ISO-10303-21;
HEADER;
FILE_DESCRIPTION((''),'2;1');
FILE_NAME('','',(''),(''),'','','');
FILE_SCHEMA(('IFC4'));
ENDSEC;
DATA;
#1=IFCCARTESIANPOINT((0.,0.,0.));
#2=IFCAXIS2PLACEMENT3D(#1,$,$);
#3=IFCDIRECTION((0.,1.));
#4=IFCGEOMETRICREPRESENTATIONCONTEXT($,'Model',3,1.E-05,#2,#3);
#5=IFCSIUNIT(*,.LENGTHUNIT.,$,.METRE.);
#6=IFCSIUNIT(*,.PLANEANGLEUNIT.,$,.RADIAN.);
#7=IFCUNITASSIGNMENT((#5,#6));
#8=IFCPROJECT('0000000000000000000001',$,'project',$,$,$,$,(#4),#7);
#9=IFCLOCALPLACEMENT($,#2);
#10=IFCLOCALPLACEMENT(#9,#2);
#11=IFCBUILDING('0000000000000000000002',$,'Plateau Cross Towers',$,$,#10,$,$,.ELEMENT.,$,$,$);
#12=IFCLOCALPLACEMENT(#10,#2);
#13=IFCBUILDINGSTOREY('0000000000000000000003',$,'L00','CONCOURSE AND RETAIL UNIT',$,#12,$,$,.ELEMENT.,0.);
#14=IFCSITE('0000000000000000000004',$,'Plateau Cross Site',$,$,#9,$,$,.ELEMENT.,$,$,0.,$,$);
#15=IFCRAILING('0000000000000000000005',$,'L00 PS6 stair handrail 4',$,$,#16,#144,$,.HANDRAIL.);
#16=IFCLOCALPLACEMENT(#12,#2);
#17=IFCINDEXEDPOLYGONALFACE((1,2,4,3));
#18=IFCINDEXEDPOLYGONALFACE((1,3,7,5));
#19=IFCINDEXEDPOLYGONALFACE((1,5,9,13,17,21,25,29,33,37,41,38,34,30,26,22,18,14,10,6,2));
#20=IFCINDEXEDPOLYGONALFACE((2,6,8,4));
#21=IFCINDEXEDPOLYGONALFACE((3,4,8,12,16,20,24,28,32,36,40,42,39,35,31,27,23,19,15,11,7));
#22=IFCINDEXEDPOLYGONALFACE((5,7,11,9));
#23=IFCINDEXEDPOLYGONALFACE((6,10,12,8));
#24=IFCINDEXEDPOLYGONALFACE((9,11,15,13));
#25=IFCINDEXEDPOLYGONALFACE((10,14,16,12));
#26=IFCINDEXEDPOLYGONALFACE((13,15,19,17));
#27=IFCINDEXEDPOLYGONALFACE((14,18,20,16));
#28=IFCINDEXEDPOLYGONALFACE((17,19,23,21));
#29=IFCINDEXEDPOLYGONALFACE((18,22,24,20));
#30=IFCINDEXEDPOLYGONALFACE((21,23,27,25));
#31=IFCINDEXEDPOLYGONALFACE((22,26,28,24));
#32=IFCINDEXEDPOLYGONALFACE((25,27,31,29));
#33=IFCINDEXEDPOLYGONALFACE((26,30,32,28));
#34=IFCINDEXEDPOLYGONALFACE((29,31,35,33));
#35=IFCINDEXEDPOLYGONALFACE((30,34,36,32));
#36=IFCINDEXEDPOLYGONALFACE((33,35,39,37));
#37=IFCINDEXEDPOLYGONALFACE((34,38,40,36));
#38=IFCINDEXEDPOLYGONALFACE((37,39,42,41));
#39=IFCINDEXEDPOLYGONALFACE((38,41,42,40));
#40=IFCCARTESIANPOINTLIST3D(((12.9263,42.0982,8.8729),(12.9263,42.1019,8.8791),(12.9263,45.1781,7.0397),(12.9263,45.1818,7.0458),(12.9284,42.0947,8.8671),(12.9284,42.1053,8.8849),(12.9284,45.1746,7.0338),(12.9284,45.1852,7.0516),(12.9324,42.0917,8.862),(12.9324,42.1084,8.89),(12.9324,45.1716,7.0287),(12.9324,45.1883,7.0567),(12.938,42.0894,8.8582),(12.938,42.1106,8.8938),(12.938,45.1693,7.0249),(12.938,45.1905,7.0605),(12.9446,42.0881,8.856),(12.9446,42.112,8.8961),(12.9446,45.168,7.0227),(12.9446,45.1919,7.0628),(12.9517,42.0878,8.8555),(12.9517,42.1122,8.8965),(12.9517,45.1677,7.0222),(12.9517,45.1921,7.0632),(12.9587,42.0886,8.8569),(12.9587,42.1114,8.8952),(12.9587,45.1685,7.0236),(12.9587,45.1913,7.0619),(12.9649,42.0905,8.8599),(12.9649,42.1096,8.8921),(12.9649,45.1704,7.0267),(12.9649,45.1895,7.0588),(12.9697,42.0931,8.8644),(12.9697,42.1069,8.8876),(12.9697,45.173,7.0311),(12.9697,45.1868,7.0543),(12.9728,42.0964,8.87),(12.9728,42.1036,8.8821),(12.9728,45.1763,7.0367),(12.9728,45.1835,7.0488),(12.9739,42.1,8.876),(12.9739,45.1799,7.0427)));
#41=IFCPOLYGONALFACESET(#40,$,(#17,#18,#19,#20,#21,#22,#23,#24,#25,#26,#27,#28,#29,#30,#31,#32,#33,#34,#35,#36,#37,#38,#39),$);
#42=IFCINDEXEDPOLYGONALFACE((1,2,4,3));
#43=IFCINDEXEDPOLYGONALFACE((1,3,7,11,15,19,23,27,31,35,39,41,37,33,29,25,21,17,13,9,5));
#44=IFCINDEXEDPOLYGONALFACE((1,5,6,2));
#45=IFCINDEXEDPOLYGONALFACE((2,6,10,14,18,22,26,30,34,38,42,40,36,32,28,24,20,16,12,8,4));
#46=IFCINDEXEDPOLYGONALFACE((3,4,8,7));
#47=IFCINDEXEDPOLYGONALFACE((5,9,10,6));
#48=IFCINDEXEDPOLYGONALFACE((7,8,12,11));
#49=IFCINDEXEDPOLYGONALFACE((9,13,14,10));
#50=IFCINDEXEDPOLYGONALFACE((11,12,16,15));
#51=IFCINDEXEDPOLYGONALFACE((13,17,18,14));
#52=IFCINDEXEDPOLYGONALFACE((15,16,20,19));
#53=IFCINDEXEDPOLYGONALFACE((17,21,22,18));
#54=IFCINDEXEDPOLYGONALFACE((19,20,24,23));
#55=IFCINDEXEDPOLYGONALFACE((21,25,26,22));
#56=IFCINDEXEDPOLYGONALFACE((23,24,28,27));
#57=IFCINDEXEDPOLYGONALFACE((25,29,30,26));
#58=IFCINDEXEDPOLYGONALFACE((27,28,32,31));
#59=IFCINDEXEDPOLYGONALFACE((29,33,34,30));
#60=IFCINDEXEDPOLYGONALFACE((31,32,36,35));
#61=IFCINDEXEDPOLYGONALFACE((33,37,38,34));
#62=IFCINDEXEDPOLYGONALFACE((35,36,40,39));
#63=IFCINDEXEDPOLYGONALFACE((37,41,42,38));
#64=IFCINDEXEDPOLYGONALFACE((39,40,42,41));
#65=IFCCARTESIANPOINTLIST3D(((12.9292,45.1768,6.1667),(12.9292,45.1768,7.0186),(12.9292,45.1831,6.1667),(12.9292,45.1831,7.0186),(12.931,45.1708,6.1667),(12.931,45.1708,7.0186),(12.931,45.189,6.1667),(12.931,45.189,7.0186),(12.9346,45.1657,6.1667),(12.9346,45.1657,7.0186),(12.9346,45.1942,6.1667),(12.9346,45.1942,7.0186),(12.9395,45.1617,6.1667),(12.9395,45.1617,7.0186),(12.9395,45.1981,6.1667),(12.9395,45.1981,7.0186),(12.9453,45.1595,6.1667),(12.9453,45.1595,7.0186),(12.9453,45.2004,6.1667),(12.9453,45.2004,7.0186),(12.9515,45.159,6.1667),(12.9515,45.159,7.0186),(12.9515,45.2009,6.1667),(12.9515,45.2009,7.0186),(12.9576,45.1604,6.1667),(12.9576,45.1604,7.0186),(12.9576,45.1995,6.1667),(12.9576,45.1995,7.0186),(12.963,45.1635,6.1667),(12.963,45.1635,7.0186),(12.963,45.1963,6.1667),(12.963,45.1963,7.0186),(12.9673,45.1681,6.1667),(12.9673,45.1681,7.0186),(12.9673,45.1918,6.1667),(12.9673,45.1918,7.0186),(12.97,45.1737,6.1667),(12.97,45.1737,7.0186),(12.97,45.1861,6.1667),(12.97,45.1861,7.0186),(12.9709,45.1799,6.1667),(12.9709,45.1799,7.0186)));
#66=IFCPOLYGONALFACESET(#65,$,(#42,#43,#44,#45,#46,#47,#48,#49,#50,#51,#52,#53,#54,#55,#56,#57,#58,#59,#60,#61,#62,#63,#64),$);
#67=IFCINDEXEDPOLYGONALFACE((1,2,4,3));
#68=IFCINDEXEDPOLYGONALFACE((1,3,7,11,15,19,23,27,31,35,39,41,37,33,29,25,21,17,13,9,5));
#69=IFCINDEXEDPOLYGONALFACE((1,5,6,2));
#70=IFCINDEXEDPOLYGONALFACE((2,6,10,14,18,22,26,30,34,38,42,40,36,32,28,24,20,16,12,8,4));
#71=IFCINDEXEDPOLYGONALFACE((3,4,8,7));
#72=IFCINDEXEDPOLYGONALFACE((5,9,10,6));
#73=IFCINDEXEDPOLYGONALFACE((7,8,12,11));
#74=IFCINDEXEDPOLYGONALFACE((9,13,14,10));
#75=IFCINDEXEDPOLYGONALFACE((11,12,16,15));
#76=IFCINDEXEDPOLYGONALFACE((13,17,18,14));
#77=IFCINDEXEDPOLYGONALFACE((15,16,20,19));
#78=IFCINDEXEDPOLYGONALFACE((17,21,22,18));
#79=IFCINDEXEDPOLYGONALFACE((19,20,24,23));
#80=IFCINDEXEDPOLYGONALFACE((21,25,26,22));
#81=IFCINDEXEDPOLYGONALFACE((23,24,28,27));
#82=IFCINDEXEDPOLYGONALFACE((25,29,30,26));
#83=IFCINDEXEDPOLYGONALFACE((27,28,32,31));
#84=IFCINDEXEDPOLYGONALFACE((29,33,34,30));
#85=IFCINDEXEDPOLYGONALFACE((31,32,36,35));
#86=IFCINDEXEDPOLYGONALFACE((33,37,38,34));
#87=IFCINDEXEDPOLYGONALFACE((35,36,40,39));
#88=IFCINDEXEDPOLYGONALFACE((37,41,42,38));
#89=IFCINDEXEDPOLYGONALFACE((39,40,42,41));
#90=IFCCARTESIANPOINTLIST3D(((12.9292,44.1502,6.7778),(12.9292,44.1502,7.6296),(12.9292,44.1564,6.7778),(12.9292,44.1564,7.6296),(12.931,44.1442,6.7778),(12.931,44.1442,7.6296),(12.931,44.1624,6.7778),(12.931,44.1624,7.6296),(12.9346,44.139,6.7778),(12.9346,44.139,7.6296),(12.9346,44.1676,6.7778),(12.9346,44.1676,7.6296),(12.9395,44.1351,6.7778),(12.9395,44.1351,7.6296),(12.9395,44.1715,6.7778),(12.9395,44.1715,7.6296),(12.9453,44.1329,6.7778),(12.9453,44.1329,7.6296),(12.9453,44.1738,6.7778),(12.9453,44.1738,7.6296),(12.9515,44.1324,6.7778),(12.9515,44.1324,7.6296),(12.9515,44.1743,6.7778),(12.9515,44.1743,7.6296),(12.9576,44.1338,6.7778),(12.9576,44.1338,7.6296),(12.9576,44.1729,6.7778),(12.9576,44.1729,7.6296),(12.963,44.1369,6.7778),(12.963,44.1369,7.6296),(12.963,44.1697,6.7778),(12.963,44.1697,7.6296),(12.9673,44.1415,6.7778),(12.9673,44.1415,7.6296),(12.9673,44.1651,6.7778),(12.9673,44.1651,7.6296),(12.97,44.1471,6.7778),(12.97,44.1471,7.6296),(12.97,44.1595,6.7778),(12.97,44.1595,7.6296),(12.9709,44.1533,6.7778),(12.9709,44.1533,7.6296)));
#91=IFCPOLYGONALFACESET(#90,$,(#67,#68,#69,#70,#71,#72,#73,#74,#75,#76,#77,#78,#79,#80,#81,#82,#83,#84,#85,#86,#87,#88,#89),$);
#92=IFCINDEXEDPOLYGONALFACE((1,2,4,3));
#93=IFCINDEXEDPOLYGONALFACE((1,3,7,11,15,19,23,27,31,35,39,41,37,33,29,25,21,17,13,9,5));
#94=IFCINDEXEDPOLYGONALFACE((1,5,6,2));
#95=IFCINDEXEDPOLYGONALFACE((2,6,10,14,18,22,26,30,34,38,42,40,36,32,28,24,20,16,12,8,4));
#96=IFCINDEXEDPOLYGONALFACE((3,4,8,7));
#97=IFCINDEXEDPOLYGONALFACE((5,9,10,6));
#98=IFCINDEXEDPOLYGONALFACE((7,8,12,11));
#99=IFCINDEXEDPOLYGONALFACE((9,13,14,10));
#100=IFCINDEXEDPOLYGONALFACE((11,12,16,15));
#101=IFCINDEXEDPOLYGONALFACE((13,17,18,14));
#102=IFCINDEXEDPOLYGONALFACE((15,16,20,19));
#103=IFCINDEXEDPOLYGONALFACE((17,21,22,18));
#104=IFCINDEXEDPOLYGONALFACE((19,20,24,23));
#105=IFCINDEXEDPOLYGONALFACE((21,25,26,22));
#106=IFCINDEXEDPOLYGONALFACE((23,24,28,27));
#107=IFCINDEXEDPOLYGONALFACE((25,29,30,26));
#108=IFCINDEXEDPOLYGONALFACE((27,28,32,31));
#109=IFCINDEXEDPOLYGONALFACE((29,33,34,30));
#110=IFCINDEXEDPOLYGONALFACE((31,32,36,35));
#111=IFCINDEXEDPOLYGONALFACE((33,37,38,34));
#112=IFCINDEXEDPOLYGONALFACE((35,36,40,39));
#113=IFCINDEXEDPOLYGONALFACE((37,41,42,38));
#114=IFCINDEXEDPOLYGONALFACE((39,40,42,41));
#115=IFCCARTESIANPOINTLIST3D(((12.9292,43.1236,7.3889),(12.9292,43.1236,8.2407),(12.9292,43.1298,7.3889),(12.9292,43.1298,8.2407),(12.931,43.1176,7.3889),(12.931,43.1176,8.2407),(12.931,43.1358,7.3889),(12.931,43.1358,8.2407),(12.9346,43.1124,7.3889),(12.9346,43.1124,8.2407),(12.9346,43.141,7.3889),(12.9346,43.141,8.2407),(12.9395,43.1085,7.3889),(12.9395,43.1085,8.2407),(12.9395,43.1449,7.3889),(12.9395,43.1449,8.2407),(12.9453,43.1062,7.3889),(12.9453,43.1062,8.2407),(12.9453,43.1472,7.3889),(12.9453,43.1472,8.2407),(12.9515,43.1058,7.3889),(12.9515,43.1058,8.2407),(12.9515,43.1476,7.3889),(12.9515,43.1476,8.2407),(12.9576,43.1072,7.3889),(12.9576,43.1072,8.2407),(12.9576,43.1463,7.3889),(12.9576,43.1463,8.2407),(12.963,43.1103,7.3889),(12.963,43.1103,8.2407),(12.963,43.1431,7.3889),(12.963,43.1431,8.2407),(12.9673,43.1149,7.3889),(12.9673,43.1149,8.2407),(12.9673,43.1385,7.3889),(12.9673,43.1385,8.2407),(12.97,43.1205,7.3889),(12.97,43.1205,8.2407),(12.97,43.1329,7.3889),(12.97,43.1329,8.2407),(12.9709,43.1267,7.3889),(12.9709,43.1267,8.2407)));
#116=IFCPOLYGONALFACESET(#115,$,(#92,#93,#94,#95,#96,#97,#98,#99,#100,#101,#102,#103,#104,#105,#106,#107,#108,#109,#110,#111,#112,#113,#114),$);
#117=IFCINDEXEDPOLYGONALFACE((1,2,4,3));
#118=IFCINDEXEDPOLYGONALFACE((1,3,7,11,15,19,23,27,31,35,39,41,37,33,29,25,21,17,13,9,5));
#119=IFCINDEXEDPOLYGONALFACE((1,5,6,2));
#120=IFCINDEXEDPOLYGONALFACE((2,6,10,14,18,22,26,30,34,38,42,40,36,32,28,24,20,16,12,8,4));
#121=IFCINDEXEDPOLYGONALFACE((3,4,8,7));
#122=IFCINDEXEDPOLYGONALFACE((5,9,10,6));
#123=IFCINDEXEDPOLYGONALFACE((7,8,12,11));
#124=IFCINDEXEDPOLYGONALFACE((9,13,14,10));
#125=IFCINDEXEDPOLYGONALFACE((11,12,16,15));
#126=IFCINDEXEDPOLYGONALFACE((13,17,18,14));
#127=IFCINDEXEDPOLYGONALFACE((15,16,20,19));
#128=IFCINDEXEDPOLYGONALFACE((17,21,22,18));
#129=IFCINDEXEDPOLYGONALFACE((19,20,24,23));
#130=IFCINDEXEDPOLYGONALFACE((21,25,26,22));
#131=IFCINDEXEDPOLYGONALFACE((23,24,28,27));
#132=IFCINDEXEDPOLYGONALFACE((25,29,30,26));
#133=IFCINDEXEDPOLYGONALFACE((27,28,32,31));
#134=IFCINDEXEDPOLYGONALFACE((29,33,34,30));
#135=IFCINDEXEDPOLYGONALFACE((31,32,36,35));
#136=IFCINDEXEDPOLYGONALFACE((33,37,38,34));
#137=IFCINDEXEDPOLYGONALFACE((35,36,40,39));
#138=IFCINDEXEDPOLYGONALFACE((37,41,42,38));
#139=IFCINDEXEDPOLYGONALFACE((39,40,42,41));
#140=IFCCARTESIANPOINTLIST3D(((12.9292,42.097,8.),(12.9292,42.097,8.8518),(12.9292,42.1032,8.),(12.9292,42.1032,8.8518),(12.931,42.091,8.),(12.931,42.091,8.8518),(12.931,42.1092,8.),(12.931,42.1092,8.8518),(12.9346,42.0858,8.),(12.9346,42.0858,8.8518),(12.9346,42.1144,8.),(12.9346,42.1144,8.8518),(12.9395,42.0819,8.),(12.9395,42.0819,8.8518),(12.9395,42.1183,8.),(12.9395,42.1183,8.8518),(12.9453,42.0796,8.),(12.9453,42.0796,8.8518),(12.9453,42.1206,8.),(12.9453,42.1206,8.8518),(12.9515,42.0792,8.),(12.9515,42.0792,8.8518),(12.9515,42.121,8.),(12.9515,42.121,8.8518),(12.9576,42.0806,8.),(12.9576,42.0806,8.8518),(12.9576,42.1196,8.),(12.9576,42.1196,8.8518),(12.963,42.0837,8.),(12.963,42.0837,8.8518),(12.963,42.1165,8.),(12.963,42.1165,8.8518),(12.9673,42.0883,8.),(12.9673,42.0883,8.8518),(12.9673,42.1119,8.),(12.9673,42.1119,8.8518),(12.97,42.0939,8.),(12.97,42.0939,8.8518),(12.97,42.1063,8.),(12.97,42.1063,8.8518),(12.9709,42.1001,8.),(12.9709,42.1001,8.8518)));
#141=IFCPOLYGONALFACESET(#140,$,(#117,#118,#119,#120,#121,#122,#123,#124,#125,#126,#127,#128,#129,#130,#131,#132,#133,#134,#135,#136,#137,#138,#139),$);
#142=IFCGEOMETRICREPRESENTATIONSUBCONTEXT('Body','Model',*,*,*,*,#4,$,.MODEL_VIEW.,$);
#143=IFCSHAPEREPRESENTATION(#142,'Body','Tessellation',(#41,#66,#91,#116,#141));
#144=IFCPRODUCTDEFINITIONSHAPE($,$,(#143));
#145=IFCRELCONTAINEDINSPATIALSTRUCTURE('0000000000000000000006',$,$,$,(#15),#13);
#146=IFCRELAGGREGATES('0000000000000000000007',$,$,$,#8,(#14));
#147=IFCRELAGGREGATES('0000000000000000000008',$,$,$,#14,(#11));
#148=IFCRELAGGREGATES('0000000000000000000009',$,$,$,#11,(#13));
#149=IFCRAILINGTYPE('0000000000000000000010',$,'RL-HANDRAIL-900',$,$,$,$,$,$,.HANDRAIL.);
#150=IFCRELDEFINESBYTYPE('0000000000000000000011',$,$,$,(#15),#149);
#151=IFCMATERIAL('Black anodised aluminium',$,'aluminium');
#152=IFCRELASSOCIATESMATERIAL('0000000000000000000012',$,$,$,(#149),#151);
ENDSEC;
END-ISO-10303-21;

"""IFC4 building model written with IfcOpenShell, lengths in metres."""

from ifc_helpers import new_model, si_unit, direction, frame, origin, origin_2d, place, context, subcontext, project, spatial, circle, extrude, material, type_object, element, save


model = new_model("IFC4")

# Units and contexts
model_context = context("Model", 3, precision=1e-05, world=origin(), true_north=direction((0.0, 1.0)))
body_context = subcontext(model_context, "Body", "Model", "MODEL_VIEW")
ifc_project = project(units=[si_unit("LENGTHUNIT", "METRE"), si_unit("PLANEANGLEUNIT", "RADIAN")], contexts=[model_context])

# Site, building, storey
site_placement = place(None, origin())
site = spatial("IfcSite", under=ifc_project, at=site_placement, Name="Plateau Cross Site", CompositionType="ELEMENT", RefElevation=0.0)
building_placement = place(site_placement, origin())
building = spatial("IfcBuilding", under=site, at=building_placement, Name="Plateau Cross Towers", CompositionType="ELEMENT")
storey_placement = place(building_placement, origin())
storey = spatial("IfcBuildingStorey", under=building, at=storey_placement, Name="L00", Description="CONCOURSE AND RETAIL UNIT", CompositionType="ELEMENT", Elevation=0.0)

# Railing
ifc_material_1 = material(Name="Black anodised aluminium", Category="aluminium")
railing_type_1 = type_object("IfcRailingType", Name="RL-HANDRAIL-900", PredefinedType="HANDRAIL", material=ifc_material_1)
railing_1_placement = place(storey_placement, frame((12.95, 45.1799, 6.1667)))
element("IfcRailing", 1, at=railing_1_placement, inside=storey, type_object=railing_type_1, Name="L00 PS6 stair handrail 4", PredefinedType="HANDRAIL", context=body_context, shape_type="SweptSolid", body=[
    extrude(circle(Radius=0.0239, at=origin_2d()), frame((0.0, 0.0, 0.876), z_axis=(0.0, -0.859291, 0.511487), x_axis=(1.0, 0.0, 0.0)), (0.0, 0.0, 1.0), 3.5842),
    extrude(circle(Radius=0.021, at=origin_2d()), origin(), (0.0, 0.0, 1.0), 0.8518),
    extrude(circle(Radius=0.021, at=origin_2d()), frame((0.0, -1.0266, 0.6111)), (0.0, 0.0, 1.0), 0.8518),
    extrude(circle(Radius=0.021, at=origin_2d()), frame((0.0, -2.0532, 1.2222)), (0.0, 0.0, 1.0), 0.8518),
    extrude(circle(Radius=0.021, at=origin_2d()), frame((0.0, -3.0798, 1.8333)), (0.0, 0.0, 1.0), 0.8518),
])

save(model, "model.ifc")
